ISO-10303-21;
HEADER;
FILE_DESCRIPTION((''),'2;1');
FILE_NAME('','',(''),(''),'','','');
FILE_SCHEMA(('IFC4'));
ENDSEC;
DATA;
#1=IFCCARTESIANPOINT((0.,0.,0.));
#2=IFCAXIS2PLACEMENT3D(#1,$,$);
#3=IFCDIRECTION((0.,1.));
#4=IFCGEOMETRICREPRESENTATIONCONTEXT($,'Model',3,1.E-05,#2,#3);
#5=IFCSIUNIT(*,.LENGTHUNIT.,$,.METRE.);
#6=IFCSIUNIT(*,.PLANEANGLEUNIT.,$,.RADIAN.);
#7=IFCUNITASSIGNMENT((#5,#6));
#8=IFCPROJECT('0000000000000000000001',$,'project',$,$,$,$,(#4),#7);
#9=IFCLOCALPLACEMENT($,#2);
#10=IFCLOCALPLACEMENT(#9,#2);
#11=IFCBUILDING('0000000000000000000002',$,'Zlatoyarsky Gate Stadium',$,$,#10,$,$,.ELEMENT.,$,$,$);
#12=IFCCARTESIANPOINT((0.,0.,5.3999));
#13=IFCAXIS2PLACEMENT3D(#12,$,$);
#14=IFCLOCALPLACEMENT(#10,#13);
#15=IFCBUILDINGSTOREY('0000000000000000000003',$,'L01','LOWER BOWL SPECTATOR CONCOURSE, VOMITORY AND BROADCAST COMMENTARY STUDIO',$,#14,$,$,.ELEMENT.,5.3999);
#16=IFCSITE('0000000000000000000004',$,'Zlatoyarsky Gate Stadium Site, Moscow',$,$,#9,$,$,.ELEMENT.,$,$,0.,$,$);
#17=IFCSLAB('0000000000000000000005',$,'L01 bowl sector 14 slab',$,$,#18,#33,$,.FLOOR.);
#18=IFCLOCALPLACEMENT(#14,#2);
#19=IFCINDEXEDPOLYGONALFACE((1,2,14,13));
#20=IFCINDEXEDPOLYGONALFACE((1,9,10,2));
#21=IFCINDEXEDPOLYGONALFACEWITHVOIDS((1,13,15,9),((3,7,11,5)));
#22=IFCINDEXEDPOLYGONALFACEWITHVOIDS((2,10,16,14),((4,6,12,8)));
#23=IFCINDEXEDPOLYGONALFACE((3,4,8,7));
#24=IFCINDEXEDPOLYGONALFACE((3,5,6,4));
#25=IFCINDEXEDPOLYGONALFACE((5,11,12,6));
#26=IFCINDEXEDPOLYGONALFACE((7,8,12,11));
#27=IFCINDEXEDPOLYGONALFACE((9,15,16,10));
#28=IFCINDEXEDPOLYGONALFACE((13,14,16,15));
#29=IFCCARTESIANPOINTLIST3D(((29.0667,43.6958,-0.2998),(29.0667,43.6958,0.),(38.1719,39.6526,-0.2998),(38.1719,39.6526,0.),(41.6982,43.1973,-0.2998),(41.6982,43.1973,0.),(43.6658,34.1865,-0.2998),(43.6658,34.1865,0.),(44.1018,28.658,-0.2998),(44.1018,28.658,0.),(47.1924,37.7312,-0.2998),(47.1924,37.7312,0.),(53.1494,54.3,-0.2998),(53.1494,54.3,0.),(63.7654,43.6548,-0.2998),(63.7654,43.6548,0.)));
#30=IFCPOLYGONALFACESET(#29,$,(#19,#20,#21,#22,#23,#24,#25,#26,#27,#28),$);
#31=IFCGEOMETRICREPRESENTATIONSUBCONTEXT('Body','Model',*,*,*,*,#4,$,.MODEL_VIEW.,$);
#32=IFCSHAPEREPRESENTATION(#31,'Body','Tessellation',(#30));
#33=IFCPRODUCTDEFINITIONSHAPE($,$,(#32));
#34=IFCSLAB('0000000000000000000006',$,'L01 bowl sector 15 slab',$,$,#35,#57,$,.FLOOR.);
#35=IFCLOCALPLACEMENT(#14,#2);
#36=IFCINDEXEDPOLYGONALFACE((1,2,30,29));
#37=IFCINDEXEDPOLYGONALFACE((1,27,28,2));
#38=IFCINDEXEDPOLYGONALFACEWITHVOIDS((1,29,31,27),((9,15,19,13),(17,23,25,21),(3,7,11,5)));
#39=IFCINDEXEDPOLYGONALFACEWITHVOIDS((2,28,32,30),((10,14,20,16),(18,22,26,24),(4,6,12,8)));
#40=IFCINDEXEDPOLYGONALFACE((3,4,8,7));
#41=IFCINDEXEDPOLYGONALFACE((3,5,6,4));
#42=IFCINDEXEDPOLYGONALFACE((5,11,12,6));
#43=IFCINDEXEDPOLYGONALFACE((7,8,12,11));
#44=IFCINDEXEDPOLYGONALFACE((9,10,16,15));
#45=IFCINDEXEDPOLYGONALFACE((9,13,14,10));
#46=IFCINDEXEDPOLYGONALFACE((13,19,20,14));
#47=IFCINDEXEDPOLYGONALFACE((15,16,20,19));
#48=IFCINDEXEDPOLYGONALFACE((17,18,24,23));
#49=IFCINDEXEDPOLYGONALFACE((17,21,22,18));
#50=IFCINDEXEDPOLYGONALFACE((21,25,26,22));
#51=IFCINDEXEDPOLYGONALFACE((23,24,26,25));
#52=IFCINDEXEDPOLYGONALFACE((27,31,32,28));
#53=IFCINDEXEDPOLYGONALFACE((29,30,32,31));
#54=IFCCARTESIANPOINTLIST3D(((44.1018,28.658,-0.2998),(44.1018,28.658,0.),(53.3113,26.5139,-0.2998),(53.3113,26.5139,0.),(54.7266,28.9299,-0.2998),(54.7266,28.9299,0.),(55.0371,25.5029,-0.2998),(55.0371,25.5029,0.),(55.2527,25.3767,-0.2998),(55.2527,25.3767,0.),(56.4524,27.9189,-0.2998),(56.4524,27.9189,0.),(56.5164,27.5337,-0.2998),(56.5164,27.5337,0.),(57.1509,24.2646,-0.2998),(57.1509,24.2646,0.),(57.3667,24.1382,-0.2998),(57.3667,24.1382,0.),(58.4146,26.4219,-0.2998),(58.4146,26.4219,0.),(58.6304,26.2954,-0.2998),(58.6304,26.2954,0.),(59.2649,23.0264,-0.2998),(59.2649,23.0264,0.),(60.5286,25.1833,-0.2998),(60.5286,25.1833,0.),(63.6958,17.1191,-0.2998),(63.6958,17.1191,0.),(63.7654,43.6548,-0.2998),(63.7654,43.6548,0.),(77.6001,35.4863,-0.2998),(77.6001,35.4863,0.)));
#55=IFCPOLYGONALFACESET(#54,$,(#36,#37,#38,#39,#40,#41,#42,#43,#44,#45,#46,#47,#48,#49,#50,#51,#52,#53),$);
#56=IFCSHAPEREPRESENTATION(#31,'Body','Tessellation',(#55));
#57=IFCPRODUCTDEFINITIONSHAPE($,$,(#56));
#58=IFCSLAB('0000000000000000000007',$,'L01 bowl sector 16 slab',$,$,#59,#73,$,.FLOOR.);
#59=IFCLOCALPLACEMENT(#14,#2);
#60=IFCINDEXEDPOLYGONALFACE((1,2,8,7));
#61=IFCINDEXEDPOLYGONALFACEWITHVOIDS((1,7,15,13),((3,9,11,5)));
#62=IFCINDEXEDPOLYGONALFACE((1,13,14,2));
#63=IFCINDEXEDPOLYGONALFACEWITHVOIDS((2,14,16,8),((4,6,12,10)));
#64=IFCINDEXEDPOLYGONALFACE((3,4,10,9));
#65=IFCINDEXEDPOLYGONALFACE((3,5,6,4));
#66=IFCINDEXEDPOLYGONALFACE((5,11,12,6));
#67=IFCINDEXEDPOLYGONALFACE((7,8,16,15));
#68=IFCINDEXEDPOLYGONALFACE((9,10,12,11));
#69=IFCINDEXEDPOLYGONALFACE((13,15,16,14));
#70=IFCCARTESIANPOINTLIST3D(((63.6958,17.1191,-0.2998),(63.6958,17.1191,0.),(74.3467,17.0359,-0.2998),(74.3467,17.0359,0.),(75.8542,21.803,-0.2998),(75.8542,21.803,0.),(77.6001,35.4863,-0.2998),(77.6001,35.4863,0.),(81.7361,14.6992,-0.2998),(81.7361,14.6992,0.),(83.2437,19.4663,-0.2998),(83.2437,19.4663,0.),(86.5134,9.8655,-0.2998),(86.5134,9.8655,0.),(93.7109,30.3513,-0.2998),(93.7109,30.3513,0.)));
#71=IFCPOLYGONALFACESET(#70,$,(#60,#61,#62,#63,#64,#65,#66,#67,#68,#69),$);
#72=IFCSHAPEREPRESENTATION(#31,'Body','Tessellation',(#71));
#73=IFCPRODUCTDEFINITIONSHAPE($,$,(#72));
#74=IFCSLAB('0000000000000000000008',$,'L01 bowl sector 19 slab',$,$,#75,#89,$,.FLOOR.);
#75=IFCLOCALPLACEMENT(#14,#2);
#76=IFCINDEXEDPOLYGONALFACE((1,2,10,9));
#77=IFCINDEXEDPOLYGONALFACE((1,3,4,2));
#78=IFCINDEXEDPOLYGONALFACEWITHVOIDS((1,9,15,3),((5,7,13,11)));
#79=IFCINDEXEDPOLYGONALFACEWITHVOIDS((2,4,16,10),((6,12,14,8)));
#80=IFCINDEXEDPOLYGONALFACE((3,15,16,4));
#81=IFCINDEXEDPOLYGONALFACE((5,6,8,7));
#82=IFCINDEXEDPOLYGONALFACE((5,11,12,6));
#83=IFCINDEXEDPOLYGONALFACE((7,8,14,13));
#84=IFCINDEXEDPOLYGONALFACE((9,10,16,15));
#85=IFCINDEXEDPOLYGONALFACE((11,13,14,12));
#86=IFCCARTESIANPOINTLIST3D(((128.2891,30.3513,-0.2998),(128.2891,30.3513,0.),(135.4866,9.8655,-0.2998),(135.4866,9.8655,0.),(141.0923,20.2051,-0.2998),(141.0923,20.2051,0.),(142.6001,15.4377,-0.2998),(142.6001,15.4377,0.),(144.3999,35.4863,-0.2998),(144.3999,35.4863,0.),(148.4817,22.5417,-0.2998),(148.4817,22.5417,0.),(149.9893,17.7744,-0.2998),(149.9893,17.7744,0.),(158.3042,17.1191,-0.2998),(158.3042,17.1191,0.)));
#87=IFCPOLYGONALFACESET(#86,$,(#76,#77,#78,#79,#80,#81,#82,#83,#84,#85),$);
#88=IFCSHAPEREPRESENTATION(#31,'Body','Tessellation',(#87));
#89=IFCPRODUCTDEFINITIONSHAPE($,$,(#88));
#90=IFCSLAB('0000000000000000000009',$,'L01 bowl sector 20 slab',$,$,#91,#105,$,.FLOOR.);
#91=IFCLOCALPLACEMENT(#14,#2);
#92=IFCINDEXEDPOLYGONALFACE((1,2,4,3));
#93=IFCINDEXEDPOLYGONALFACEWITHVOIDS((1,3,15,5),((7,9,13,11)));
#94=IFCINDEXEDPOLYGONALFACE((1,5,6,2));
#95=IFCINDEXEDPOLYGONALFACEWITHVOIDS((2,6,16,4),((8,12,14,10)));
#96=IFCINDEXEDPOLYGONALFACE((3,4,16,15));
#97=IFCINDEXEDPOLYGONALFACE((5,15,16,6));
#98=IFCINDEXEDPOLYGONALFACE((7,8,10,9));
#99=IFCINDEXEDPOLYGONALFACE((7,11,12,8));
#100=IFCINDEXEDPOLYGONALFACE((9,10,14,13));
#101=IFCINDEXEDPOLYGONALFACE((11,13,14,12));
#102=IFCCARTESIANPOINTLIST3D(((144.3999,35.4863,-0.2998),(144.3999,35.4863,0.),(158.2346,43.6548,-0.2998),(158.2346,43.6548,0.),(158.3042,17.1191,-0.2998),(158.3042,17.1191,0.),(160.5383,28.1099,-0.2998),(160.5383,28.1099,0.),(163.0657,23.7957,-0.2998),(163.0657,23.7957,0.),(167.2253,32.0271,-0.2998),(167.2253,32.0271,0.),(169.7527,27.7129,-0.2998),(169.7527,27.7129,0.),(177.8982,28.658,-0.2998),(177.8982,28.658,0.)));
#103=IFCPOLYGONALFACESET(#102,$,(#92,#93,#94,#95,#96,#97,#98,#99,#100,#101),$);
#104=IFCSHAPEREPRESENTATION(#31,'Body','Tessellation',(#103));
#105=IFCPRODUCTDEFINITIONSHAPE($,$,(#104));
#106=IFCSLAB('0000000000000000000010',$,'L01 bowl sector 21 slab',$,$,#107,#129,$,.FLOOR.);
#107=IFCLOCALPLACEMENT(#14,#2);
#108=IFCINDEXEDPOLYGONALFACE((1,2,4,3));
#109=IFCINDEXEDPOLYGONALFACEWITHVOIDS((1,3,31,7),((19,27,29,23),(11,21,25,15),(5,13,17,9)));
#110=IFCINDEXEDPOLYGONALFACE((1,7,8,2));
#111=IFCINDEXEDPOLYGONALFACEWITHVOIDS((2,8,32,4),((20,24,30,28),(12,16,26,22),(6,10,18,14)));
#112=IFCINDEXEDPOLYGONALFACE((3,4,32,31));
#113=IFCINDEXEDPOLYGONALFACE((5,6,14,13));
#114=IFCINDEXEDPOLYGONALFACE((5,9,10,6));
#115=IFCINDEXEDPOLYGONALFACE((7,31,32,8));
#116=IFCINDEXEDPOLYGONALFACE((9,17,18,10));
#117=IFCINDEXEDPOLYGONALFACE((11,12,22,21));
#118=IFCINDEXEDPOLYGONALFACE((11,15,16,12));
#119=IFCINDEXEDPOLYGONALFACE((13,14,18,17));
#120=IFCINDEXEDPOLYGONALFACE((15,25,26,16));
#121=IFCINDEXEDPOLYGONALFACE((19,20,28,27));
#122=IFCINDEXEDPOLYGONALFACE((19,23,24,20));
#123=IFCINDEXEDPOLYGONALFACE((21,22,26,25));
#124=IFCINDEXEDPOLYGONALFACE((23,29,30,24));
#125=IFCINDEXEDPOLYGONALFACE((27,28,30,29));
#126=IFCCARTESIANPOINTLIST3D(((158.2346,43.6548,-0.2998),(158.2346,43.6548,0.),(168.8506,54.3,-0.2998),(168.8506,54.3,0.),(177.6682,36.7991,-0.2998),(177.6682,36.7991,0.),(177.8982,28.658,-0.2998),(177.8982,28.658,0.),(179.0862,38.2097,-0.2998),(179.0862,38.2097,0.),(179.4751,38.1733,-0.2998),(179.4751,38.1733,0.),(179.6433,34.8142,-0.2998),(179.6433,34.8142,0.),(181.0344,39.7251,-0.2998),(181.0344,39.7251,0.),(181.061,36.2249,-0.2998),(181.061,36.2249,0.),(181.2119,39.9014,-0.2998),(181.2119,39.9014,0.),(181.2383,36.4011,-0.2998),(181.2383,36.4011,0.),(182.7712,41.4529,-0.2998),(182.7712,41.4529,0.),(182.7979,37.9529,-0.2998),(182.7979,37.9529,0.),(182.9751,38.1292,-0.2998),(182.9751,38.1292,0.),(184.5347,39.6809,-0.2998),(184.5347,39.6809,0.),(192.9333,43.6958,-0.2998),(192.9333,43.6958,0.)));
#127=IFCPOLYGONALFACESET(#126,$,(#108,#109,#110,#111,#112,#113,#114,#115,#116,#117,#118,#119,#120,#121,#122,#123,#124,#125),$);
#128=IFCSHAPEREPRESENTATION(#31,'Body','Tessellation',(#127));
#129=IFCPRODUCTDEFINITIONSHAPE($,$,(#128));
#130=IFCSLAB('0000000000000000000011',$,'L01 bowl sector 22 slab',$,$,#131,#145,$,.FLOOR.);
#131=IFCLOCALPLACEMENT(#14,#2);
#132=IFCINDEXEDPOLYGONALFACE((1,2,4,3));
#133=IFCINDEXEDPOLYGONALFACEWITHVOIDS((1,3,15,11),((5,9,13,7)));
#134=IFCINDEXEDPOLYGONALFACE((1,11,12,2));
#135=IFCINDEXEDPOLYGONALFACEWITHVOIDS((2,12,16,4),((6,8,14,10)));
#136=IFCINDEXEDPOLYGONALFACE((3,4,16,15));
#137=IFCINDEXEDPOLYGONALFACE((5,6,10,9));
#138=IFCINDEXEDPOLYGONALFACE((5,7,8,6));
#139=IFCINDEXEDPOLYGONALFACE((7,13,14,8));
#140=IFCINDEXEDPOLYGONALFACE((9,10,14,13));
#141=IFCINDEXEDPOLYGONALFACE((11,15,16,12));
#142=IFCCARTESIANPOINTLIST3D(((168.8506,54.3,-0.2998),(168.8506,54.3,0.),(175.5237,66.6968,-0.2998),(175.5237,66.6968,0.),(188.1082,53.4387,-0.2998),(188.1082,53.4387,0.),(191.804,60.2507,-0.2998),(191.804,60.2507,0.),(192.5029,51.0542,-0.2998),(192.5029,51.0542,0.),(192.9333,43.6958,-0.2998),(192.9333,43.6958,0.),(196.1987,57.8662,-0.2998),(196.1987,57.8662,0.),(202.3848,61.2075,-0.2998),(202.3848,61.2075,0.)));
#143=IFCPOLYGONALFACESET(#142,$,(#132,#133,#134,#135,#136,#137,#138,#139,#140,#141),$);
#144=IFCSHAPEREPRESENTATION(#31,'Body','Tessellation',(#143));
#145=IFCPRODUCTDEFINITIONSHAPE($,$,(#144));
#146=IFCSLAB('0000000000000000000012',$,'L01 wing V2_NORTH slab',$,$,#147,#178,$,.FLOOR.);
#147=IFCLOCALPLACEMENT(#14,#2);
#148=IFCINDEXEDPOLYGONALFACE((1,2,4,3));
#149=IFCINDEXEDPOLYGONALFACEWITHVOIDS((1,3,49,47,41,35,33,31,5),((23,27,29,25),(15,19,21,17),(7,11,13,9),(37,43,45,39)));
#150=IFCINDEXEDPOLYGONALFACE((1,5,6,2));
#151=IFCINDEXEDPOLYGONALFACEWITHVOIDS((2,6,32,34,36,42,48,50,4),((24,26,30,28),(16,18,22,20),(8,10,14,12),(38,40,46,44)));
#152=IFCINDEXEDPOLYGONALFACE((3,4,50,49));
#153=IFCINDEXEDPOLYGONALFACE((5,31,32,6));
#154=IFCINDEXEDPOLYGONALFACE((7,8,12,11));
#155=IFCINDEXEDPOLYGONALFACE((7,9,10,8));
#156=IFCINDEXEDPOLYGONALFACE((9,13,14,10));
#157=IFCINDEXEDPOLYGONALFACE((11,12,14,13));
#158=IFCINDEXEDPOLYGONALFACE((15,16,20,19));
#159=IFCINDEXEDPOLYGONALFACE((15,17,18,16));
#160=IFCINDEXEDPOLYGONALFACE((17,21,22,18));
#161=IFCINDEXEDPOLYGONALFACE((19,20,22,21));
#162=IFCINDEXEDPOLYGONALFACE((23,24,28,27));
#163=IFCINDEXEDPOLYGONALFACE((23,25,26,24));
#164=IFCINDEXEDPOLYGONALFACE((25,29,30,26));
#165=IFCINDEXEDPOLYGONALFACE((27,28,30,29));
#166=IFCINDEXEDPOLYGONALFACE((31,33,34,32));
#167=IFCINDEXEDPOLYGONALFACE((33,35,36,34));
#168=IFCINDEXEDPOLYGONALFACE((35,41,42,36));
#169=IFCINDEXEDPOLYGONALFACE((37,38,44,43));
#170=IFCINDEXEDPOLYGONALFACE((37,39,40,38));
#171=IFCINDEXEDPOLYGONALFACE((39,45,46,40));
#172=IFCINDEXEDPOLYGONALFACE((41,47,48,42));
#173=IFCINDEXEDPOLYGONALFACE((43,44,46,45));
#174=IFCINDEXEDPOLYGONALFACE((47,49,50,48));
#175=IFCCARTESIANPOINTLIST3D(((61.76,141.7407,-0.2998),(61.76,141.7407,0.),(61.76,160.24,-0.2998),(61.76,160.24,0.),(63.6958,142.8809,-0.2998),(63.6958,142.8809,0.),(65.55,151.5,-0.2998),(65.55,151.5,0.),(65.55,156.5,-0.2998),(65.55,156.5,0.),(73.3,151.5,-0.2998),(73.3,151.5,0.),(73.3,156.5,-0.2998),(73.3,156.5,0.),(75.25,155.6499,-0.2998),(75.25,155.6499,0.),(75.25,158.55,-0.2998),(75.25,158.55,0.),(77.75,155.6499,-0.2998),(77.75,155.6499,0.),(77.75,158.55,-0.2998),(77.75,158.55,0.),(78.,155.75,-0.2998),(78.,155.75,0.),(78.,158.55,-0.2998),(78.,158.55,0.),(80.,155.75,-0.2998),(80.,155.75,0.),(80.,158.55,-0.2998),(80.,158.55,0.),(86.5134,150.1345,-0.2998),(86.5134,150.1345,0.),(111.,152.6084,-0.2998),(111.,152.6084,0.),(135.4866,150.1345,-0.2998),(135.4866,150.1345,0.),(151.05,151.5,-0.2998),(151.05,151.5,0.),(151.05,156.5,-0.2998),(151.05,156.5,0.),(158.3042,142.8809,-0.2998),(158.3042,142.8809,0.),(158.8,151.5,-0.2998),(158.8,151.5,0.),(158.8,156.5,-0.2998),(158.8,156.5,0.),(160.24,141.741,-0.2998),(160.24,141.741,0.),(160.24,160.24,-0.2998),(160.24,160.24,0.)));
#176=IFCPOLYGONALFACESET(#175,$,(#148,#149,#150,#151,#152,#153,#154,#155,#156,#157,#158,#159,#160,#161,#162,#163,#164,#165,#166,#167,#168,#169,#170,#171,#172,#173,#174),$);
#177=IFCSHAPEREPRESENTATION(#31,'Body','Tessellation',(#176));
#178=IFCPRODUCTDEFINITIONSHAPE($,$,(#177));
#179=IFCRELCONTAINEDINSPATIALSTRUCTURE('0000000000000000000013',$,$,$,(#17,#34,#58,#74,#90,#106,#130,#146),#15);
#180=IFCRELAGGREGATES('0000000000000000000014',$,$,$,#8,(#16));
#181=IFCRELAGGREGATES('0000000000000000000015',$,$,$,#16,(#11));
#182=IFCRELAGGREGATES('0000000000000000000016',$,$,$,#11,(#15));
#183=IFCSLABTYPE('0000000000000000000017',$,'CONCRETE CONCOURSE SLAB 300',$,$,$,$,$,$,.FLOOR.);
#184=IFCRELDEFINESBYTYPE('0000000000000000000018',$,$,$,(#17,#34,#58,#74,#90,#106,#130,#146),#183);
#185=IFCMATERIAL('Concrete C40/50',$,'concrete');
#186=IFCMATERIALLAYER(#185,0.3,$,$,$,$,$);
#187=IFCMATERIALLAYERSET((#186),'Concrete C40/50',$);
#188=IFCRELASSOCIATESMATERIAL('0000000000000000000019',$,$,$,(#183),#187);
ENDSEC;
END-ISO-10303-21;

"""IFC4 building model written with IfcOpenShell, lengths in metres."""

from ifc_helpers import new_model, si_unit, direction, frame, origin, place, context, subcontext, project, spatial, polyline, outline, extrude, material, layer, layer_set, type_object, element, save


model = new_model("IFC4")

# Units and contexts
model_context = context("Model", 3, precision=1e-05, world=origin(), true_north=direction((0.0, 1.0)))
body_context = subcontext(model_context, "Body", "Model", "MODEL_VIEW")
ifc_project = project(units=[si_unit("LENGTHUNIT", "METRE"), si_unit("PLANEANGLEUNIT", "RADIAN")], contexts=[model_context])

# Site, building, storey
site_placement = place(None, origin())
site = spatial("IfcSite", under=ifc_project, at=site_placement, Name="Zlatoyarsky Gate Stadium Site, Moscow", CompositionType="ELEMENT", RefElevation=0.0)
building_placement = place(site_placement, origin())
building = spatial("IfcBuilding", under=site, at=building_placement, Name="Zlatoyarsky Gate Stadium", CompositionType="ELEMENT")
storey_placement = place(building_placement, frame((0.0, 0.0, 5.3999)))
storey = spatial("IfcBuildingStorey", under=building, at=storey_placement, Name="L01", Description="LOWER BOWL SPECTATOR CONCOURSE, VOMITORY AND BROADCAST COMMENTARY STUDIO", CompositionType="ELEMENT", Elevation=5.3999)

# Slabs
ifc_material_1 = material(Name="Concrete C40/50", Category="concrete")
ifc_layer_1 = layer(ifc_material_1, 0.3)
ifc_layer_set_1 = layer_set([ifc_layer_1], Name="Concrete C40/50")
slab_type_1 = type_object("IfcSlabType", Name="CONCRETE CONCOURSE SLAB 300", PredefinedType="FLOOR", material=ifc_layer_set_1)
slab_1_placement = place(storey_placement, frame((0.0, 0.0, -0.2998)))
element("IfcSlab", 1, at=slab_1_placement, inside=storey, type_object=slab_type_1, Name="L01 bowl sector 14 slab", PredefinedType="FLOOR", context=body_context, shape_type="SweptSolid", body=[
    extrude(outline(polyline([(63.7654, 43.6548), (44.1018, 28.658), (29.0667, 43.6958), (53.1494, 54.3), (63.7654, 43.6548)]), holes=[polyline([(41.6982, 43.1973), (38.1719, 39.6526), (43.6658, 34.1865), (47.1924, 37.7312), (41.6982, 43.1973)])]), origin(), (0.0, 0.0, 1.0), 0.2998),
])
slab_2_placement = place(storey_placement, frame((0.0, 0.0, -0.2998)))
element("IfcSlab", 2, at=slab_2_placement, inside=storey, type_object=slab_type_1, Name="L01 bowl sector 15 slab", PredefinedType="FLOOR", context=body_context, shape_type="SweptSolid", body=[
    extrude(outline(polyline([(77.6001, 35.4863), (63.6958, 17.1191), (44.1018, 28.658), (63.7654, 43.6548), (77.6001, 35.4863)]), holes=[polyline([(58.6304, 26.2954), (57.3667, 24.1382), (59.2649, 23.0264), (60.5286, 25.1833), (58.6304, 26.2954)]), polyline([(55.2527, 25.3767), (57.1509, 24.2646), (58.4146, 26.4219), (56.5164, 27.5337), (55.2527, 25.3767)]), polyline([(54.7266, 28.9299), (53.3113, 26.5139), (55.0371, 25.5029), (56.4524, 27.9189), (54.7266, 28.9299)])]), origin(), (0.0, 0.0, 1.0), 0.2998),
])
slab_3_placement = place(storey_placement, frame((0.0, 0.0, -0.2998)))
element("IfcSlab", 3, at=slab_3_placement, inside=storey, type_object=slab_type_1, Name="L01 bowl sector 16 slab", PredefinedType="FLOOR", context=body_context, shape_type="SweptSolid", body=[
    extrude(outline(polyline([(93.7109, 30.3513), (86.5134, 9.8655), (63.6958, 17.1191), (77.6001, 35.4863), (93.7109, 30.3513)]), holes=[polyline([(75.8542, 21.803), (74.3467, 17.0359), (81.7361, 14.6992), (83.2437, 19.4663), (75.8542, 21.803)])]), origin(), (0.0, 0.0, 1.0), 0.2998),
])
slab_4_placement = place(storey_placement, frame((0.0, 0.0, -0.2998)))
element("IfcSlab", 4, at=slab_4_placement, inside=storey, type_object=slab_type_1, Name="L01 bowl sector 19 slab", PredefinedType="FLOOR", context=body_context, shape_type="SweptSolid", body=[
    extrude(outline(polyline([(144.3999, 35.4863), (158.3042, 17.1191), (135.4866, 9.8655), (128.2891, 30.3513), (144.3999, 35.4863)]), holes=[polyline([(141.0923, 20.2051), (142.6001, 15.4377), (149.9893, 17.7744), (148.4817, 22.5417), (141.0923, 20.2051)])]), origin(), (0.0, 0.0, 1.0), 0.2998),
])
slab_5_placement = place(storey_placement, frame((0.0, 0.0, -0.2998)))
element("IfcSlab", 5, at=slab_5_placement, inside=storey, type_object=slab_type_1, Name="L01 bowl sector 20 slab", PredefinedType="FLOOR", context=body_context, shape_type="SweptSolid", body=[
    extrude(outline(polyline([(158.2346, 43.6548), (177.8982, 28.658), (158.3042, 17.1191), (144.3999, 35.4863), (158.2346, 43.6548)]), holes=[polyline([(160.5383, 28.1099), (163.0657, 23.7957), (169.7527, 27.7129), (167.2253, 32.0271), (160.5383, 28.1099)])]), origin(), (0.0, 0.0, 1.0), 0.2998),
])
slab_6_placement = place(storey_placement, frame((0.0, 0.0, -0.2998)))
element("IfcSlab", 6, at=slab_6_placement, inside=storey, type_object=slab_type_1, Name="L01 bowl sector 21 slab", PredefinedType="FLOOR", context=body_context, shape_type="SweptSolid", body=[
    extrude(outline(polyline([(168.8506, 54.3), (192.9333, 43.6958), (177.8982, 28.658), (158.2346, 43.6548), (168.8506, 54.3)]), holes=[polyline([(177.6682, 36.7991), (179.6433, 34.8142), (181.061, 36.2249), (179.0862, 38.2097), (177.6682, 36.7991)]), polyline([(181.2383, 36.4011), (182.7979, 37.9529), (181.0344, 39.7251), (179.4751, 38.1733), (181.2383, 36.4011)]), polyline([(181.2119, 39.9014), (182.9751, 38.1292), (184.5347, 39.6809), (182.7712, 41.4529), (181.2119, 39.9014)])]), origin(), (0.0, 0.0, 1.0), 0.2998),
])
slab_7_placement = place(storey_placement, frame((0.0, 0.0, -0.2998)))
element("IfcSlab", 7, at=slab_7_placement, inside=storey, type_object=slab_type_1, Name="L01 bowl sector 22 slab", PredefinedType="FLOOR", context=body_context, shape_type="SweptSolid", body=[
    extrude(outline(polyline([(175.5237, 66.6968), (202.3848, 61.2075), (192.9333, 43.6958), (168.8506, 54.3), (175.5237, 66.6968)]), holes=[polyline([(188.1082, 53.4387), (192.5029, 51.0542), (196.1987, 57.8662), (191.804, 60.2507), (188.1082, 53.4387)])]), origin(), (0.0, 0.0, 1.0), 0.2998),
])
slab_8_placement = place(storey_placement, frame((0.0, 0.0, -0.2998)))
element("IfcSlab", 8, at=slab_8_placement, inside=storey, type_object=slab_type_1, Name="L01 wing V2_NORTH slab", PredefinedType="FLOOR", context=body_context, shape_type="SweptSolid", body=[
    extrude(outline(polyline([(160.24, 141.741), (158.3042, 142.8809), (135.4866, 150.1345), (111.0, 152.6084), (86.5134, 150.1345), (63.6958, 142.8809), (61.76, 141.7407), (61.76, 160.24), (160.24, 160.24), (160.24, 141.741)]), holes=[polyline([(65.55, 151.5), (73.3, 151.5), (73.3, 156.5), (65.55, 156.5), (65.55, 151.5)]), polyline([(151.05, 151.5), (158.8, 151.5), (158.8, 156.5), (151.05, 156.5), (151.05, 151.5)]), polyline([(75.25, 158.55), (75.25, 155.6499), (77.75, 155.6499), (77.75, 158.55), (75.25, 158.55)]), polyline([(80.0, 158.55), (78.0, 158.55), (78.0, 155.75), (80.0, 155.75), (80.0, 158.55)])]), origin(), (0.0, 0.0, 1.0), 0.2998),
])

save(model, "model.ifc")
